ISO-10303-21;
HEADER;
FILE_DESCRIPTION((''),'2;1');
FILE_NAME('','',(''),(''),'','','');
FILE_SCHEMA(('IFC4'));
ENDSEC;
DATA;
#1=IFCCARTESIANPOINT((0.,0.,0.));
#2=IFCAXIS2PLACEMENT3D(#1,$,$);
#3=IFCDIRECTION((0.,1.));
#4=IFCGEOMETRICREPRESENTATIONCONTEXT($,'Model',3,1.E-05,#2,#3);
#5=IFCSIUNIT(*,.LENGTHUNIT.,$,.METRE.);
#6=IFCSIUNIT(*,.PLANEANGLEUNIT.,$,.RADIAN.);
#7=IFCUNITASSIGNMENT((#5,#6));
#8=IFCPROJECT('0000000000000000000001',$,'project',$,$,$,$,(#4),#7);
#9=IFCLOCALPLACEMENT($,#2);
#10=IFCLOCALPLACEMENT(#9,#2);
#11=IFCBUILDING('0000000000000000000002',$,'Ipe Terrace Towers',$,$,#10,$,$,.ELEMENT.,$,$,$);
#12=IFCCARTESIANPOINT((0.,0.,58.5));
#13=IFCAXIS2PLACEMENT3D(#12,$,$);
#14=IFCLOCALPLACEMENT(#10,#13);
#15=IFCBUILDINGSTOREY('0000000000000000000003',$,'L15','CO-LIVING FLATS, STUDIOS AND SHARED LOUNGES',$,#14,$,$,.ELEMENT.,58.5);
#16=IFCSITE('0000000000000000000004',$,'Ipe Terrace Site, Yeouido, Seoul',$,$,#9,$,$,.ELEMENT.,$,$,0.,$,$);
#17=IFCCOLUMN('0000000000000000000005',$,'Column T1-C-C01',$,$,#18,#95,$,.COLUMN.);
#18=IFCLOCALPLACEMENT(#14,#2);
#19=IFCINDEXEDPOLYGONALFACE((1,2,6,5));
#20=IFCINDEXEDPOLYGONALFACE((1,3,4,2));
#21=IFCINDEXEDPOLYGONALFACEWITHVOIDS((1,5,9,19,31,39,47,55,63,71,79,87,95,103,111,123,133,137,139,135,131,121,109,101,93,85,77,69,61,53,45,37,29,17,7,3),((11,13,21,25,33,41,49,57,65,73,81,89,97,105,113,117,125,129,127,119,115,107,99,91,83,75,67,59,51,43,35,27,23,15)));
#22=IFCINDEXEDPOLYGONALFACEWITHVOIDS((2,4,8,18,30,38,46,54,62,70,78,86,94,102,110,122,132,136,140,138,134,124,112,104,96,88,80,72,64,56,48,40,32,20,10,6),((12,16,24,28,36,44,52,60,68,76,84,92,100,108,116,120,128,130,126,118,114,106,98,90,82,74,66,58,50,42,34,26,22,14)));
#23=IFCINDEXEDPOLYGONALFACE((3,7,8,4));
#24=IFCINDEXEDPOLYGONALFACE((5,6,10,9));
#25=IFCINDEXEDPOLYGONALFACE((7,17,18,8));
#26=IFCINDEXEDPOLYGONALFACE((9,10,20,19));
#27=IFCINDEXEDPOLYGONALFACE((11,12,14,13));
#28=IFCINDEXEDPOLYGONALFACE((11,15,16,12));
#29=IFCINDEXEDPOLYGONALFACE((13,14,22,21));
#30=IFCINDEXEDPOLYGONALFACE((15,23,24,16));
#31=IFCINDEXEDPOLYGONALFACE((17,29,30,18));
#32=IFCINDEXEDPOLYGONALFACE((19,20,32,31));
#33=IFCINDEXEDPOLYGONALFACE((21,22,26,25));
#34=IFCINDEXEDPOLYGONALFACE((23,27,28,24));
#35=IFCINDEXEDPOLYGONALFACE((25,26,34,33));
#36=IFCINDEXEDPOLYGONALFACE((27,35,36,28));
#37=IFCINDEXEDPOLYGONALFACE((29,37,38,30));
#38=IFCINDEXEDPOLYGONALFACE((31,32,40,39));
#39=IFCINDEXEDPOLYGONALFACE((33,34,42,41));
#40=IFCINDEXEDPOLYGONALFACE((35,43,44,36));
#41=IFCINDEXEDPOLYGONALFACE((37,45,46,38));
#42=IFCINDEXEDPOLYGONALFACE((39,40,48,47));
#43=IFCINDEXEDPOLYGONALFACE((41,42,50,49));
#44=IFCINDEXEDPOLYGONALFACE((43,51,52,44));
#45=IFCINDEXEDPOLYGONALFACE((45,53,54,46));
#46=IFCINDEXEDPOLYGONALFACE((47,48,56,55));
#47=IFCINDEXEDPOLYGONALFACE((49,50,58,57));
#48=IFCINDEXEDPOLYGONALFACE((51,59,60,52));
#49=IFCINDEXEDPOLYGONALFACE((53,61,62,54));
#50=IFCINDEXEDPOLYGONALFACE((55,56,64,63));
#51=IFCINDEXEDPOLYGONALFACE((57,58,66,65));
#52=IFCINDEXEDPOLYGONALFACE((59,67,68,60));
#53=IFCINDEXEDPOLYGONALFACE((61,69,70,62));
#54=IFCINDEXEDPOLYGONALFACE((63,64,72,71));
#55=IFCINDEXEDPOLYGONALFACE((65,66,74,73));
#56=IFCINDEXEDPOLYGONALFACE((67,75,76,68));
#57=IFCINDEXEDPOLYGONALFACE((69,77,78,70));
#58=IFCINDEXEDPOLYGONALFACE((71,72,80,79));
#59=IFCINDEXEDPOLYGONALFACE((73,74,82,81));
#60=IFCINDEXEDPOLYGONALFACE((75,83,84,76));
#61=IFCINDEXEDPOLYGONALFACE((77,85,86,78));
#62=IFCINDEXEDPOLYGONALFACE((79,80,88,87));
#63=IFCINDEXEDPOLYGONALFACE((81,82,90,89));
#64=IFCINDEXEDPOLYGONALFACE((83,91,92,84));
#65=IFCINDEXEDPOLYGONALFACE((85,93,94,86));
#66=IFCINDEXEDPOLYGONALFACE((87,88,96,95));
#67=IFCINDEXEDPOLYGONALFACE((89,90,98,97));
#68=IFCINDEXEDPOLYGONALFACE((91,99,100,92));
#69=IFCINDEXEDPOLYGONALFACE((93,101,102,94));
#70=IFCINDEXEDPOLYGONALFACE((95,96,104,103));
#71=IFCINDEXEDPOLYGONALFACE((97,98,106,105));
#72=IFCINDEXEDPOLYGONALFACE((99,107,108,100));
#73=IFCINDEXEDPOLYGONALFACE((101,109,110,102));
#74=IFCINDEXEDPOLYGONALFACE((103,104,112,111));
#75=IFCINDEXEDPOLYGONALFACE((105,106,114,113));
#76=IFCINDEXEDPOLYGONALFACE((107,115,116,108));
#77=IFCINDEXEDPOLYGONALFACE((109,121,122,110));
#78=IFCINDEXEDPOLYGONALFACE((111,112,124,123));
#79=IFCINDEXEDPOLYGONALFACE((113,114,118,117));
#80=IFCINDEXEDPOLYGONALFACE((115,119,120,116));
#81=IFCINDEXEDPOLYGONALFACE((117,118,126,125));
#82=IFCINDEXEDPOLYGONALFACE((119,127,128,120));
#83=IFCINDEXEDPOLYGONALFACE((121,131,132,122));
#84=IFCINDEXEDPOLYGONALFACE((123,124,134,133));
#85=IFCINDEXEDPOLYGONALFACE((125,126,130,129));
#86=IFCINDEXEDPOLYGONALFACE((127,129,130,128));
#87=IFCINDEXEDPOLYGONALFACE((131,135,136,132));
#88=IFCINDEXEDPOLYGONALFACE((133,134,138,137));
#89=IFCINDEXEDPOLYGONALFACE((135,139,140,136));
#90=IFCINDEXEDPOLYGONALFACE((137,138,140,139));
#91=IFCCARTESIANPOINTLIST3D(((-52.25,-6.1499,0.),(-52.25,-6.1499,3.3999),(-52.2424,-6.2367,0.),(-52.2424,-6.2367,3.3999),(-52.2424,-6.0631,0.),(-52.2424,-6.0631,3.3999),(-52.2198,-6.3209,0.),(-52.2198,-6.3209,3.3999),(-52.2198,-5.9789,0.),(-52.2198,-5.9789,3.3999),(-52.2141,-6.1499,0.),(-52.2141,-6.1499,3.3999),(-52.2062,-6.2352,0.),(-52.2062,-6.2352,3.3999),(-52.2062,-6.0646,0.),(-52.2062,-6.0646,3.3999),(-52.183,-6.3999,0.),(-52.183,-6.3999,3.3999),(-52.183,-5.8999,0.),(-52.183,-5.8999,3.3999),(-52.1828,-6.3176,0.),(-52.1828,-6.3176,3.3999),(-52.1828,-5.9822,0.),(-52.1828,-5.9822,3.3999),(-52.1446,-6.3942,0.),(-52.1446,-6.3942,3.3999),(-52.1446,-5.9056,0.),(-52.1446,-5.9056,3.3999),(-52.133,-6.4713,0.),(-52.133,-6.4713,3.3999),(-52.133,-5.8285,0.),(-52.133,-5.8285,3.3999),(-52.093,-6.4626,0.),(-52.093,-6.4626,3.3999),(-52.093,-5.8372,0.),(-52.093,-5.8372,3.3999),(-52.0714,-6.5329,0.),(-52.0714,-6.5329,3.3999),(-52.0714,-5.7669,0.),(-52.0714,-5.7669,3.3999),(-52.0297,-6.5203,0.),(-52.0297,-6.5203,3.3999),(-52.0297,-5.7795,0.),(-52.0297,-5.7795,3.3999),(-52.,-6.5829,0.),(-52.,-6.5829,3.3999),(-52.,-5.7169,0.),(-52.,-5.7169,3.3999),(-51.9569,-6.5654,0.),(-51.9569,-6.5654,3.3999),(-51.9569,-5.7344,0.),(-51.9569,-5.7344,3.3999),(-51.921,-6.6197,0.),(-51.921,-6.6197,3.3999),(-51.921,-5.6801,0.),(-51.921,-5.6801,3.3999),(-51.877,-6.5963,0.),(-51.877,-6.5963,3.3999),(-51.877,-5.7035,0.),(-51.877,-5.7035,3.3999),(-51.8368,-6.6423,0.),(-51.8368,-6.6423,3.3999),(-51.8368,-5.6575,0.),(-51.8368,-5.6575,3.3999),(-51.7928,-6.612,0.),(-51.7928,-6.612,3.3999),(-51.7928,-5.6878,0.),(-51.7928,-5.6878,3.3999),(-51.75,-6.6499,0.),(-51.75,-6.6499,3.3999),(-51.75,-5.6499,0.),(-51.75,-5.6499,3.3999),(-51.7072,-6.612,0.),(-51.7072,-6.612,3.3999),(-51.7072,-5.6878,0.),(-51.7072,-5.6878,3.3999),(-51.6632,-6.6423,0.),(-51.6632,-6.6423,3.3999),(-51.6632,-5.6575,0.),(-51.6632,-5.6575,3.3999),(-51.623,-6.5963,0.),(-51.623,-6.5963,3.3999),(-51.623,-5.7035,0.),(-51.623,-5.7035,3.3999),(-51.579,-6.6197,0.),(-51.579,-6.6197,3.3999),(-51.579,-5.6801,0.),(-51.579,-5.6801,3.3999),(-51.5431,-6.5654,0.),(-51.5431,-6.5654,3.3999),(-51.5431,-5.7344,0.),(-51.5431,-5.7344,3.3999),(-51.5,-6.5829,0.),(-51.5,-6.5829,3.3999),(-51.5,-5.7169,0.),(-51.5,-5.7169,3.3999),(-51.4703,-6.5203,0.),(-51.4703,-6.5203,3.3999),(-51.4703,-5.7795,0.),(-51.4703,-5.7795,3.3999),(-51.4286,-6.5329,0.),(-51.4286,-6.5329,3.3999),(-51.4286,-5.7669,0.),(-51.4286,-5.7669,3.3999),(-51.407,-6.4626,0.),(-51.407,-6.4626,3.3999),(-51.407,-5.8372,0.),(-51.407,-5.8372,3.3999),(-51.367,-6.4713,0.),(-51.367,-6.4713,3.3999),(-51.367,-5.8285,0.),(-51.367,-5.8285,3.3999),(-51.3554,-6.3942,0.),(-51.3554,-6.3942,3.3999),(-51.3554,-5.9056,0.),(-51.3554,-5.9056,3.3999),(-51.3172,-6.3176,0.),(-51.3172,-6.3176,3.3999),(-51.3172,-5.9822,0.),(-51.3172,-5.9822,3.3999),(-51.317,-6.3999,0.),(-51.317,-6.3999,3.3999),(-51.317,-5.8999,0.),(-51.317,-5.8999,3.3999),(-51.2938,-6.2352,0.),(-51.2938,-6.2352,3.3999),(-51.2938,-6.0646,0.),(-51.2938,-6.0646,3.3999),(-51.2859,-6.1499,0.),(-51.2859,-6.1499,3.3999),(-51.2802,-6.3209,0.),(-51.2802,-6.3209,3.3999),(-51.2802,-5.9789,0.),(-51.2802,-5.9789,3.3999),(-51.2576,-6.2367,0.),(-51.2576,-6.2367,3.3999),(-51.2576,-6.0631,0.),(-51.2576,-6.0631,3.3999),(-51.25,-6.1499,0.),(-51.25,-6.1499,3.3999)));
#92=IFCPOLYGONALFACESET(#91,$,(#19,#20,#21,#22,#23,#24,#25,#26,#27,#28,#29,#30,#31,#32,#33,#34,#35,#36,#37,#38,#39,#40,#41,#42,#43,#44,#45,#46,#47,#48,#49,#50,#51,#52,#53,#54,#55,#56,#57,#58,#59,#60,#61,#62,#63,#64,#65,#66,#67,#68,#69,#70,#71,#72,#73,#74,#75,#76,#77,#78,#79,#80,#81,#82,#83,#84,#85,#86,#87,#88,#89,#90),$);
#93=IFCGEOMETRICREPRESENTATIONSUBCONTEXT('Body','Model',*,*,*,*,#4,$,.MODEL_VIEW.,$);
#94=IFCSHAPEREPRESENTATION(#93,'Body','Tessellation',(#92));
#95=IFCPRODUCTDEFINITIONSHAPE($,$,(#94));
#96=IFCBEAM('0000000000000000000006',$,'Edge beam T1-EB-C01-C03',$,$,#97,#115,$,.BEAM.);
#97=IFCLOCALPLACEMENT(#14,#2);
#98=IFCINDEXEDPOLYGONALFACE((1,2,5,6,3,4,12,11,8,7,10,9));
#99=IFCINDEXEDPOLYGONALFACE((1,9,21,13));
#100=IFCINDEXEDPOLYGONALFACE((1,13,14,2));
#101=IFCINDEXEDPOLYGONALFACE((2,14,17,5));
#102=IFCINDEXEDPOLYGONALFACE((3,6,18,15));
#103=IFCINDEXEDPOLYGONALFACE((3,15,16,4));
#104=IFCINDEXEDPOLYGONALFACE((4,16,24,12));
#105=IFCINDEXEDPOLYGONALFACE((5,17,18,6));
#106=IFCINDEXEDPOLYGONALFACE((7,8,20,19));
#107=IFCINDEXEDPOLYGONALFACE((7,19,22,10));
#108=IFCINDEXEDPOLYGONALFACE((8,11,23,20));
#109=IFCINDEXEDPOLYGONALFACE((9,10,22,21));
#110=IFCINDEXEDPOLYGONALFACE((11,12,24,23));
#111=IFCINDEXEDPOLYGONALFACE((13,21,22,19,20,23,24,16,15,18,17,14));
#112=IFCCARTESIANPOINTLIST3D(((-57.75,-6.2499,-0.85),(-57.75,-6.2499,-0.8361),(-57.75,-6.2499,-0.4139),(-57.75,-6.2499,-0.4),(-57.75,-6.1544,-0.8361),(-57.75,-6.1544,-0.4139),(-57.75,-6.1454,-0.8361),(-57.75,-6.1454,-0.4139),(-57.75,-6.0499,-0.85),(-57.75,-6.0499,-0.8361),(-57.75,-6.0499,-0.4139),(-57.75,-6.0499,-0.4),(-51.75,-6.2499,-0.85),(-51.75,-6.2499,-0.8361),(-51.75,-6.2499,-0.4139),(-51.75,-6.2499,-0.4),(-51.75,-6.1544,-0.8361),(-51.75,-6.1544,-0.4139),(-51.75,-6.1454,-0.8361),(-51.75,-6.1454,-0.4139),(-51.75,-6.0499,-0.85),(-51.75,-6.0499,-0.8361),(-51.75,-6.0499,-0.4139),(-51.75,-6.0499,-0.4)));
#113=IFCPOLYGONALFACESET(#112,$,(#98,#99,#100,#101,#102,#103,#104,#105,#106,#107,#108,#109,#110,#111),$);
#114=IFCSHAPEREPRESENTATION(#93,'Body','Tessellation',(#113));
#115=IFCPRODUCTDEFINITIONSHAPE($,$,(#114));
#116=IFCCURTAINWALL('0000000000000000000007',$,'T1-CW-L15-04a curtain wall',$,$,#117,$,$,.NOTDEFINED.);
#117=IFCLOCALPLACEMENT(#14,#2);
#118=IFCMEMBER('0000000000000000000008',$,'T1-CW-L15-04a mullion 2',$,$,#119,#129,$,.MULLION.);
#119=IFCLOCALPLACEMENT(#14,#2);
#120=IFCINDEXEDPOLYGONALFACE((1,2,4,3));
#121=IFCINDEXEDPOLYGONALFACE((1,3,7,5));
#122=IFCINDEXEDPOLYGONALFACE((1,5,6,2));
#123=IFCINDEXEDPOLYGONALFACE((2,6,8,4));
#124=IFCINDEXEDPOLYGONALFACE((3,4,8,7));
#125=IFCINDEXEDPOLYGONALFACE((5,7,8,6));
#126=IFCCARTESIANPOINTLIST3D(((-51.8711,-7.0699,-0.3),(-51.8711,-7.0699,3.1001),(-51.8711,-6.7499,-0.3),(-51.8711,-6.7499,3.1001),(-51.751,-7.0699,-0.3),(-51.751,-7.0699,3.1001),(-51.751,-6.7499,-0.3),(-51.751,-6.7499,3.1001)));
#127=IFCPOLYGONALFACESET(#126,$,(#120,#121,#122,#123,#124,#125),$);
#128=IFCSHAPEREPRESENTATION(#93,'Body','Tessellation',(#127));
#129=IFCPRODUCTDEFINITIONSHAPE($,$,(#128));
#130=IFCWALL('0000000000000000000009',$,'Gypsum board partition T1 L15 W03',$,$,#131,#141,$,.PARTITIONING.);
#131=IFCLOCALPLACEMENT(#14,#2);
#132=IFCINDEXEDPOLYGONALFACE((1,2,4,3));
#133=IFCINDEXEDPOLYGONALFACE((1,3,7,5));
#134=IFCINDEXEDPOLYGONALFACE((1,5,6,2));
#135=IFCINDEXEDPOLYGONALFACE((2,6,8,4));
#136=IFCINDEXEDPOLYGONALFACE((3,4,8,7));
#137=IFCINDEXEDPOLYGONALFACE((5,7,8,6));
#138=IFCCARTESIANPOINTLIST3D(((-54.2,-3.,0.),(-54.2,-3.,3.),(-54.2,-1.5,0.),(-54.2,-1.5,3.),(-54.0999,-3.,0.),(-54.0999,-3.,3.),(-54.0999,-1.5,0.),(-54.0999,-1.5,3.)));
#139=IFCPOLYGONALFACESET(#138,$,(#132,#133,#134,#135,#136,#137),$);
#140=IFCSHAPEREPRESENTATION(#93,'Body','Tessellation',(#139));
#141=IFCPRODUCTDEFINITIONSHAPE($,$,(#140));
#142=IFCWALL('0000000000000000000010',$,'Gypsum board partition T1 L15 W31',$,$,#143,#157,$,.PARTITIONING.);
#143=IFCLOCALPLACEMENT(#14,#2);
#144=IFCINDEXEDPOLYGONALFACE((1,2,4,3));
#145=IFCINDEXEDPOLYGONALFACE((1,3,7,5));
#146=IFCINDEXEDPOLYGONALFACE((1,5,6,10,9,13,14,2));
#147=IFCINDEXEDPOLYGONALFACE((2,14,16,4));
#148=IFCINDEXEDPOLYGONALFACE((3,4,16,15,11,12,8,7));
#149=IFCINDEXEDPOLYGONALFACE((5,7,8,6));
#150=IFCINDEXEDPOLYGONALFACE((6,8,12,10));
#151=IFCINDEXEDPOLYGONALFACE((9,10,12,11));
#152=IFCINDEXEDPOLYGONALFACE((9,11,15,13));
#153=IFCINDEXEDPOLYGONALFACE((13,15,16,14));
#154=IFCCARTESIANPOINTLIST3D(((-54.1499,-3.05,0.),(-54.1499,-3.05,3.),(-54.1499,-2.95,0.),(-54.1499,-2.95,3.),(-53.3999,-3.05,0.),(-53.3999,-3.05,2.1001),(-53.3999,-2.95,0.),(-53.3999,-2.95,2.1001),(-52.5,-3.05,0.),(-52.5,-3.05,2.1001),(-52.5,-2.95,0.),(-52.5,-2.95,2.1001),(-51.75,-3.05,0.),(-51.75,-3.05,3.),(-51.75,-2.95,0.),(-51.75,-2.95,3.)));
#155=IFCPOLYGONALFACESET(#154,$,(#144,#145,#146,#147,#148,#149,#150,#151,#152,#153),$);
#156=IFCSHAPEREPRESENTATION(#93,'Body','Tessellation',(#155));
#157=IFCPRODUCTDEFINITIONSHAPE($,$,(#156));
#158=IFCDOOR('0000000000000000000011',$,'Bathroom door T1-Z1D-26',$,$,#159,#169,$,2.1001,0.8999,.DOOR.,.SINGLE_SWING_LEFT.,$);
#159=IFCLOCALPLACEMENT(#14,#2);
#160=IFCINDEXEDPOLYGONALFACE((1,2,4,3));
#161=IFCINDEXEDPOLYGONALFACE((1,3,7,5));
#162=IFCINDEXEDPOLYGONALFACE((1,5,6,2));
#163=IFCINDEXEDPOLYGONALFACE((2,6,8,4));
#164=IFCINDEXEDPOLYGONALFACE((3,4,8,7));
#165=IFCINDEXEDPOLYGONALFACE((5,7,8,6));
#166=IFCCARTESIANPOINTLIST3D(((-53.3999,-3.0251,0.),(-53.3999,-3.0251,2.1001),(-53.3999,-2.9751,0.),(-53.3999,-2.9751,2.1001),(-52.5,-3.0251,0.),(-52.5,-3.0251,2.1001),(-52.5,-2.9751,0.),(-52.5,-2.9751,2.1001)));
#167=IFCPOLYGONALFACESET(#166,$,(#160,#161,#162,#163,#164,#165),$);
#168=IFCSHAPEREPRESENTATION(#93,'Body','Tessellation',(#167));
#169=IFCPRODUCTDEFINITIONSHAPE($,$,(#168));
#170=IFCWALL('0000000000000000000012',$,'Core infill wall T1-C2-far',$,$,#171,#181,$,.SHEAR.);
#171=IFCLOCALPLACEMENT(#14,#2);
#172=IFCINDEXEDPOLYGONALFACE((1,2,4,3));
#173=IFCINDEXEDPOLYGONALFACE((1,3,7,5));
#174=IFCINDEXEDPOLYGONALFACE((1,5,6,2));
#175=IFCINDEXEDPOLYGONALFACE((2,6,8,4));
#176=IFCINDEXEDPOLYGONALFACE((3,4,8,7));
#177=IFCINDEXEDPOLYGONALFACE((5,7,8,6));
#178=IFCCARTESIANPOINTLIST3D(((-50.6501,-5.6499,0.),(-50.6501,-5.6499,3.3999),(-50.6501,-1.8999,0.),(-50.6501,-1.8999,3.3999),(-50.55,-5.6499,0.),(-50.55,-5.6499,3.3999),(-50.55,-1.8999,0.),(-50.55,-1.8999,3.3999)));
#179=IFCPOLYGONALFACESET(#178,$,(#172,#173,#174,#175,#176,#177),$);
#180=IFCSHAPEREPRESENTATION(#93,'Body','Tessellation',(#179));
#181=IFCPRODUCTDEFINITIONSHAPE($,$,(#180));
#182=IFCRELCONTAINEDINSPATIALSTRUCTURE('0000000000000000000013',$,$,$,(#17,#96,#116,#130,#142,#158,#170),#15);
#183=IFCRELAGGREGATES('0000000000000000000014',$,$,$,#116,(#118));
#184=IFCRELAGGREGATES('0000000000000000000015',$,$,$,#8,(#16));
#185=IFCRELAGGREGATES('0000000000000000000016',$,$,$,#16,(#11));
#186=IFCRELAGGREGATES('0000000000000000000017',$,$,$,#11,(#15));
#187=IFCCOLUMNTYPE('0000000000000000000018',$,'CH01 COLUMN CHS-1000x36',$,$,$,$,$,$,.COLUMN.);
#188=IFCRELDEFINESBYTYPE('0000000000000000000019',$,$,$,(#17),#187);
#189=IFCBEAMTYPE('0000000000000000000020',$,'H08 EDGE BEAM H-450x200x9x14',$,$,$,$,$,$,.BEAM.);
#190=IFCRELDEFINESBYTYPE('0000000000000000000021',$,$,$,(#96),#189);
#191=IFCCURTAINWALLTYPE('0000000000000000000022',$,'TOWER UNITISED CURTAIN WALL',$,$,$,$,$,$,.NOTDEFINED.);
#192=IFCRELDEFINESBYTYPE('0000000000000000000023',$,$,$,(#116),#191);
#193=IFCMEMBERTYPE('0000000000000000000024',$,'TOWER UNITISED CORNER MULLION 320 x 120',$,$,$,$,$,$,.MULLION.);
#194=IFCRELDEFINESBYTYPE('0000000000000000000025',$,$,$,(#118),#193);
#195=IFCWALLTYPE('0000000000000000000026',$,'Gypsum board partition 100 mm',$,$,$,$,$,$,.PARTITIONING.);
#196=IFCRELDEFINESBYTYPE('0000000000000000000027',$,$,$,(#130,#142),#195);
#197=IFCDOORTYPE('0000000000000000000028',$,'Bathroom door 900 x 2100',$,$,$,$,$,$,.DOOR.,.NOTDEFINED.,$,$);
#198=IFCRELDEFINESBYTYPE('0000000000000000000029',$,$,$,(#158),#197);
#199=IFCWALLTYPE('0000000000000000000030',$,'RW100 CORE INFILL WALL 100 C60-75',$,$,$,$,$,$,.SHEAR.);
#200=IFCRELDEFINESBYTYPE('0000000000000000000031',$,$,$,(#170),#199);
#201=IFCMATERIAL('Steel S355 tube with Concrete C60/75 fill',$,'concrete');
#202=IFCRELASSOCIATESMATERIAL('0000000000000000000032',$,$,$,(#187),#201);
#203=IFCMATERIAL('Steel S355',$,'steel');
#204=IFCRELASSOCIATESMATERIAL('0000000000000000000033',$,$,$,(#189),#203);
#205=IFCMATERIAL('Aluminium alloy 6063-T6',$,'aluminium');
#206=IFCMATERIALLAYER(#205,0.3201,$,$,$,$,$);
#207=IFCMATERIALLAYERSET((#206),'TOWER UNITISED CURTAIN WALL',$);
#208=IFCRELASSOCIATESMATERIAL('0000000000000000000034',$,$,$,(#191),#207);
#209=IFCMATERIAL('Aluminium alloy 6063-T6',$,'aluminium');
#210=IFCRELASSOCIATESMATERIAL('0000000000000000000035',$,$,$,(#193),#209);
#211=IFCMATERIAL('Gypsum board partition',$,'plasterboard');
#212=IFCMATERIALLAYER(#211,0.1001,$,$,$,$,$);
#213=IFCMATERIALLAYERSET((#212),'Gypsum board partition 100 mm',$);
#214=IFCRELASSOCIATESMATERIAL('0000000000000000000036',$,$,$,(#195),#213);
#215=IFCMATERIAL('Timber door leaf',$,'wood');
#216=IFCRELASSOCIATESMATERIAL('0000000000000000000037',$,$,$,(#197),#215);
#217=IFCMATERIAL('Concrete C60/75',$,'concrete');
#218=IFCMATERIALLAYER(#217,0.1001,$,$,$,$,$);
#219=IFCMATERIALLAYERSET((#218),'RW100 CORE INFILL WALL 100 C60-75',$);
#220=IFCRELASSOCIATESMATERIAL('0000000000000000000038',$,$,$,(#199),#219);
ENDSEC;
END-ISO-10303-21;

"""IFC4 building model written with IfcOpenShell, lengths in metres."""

from ifc_helpers import new_model, si_unit, direction, frame, frame_2d, origin, origin_2d, place, context, subcontext, project, spatial, rectangle, hollow_circle, i_section, extrude, material, layer, layer_set, material_profile, profile_set, type_object, element, fill, aggregate, save


model = new_model("IFC4")

# Units and contexts
model_context = context("Model", 3, precision=1e-05, world=origin(), true_north=direction((0.0, 1.0)))
body_context = subcontext(model_context, "Body", "Model", "MODEL_VIEW")
ifc_project = project(units=[si_unit("LENGTHUNIT", "METRE"), si_unit("PLANEANGLEUNIT", "RADIAN")], contexts=[model_context])

# Site, building, storey
site_placement = place(None, origin())
site = spatial("IfcSite", under=ifc_project, at=site_placement, Name="Ipe Terrace Site, Yeouido, Seoul", CompositionType="ELEMENT", RefElevation=0.0)
building_placement = place(site_placement, origin())
building = spatial("IfcBuilding", under=site, at=building_placement, Name="Ipe Terrace Towers", CompositionType="ELEMENT")
storey_placement = place(building_placement, frame((0.0, 0.0, 58.5)))
storey = spatial("IfcBuildingStorey", under=building, at=storey_placement, Name="L15", Description="CO-LIVING FLATS, STUDIOS AND SHARED LOUNGES", CompositionType="ELEMENT", Elevation=58.5)

# Column
ifc_material_1 = material(Name="Steel S355 tube with Concrete C60/75 fill", Category="concrete")
ifc_material_profile_1 = material_profile(ifc_material_1, hollow_circle(Radius=0.5, WallThickness=0.0359, at=origin_2d()), Name="CHS-1000x36")
ifc_profile_set_1 = profile_set([ifc_material_profile_1], Name="Steel S355 tube with Concrete C60/75 fill")
column_type = type_object("IfcColumnType", Name="CH01 COLUMN CHS-1000x36", PredefinedType="COLUMN", material=ifc_profile_set_1)
column_placement = place(storey_placement, frame((-51.75, -6.1499, 0.0), z_axis=(0.0, 0.0, 1.0), x_axis=(1.0, 0.0, 0.0)))
element("IfcColumn", 1, at=column_placement, inside=storey, type_object=column_type, Name="Column T1-C-C01", PredefinedType="COLUMN", context=body_context, shape_type="SweptSolid", body=[
    extrude(hollow_circle(Radius=0.5, WallThickness=0.0359, at=origin_2d()), origin(), (0.0, 0.0, 1.0), 3.3999),
])

# Beam
ifc_material_2 = material(Name="Steel S355", Category="steel")
ifc_material_profile_2 = material_profile(ifc_material_2, i_section(OverallWidth=0.2, OverallDepth=0.45, WebThickness=0.009, FlangeThickness=0.0139, at=origin_2d()), Name="H-450x200x9x14")
ifc_profile_set_2 = profile_set([ifc_material_profile_2], Name="Steel S355")
beam_type = type_object("IfcBeamType", Name="H08 EDGE BEAM H-450x200x9x14", PredefinedType="BEAM", material=ifc_profile_set_2)
beam_placement = place(storey_placement, frame((-51.75, -6.1499, -0.625), z_axis=(-1.0, 0.0, 0.0), x_axis=(0.0, -1.0, 0.0)))
element("IfcBeam", 2, at=beam_placement, inside=storey, type_object=beam_type, Name="Edge beam T1-EB-C01-C03", PredefinedType="BEAM", context=body_context, shape_type="SweptSolid", body=[
    extrude(i_section(OverallWidth=0.2, OverallDepth=0.45, WebThickness=0.009, FlangeThickness=0.0139, at=origin_2d()), origin(), (0.0, 0.0, 1.0), 6.0),
])

# Curtain wall, member
ifc_material_3 = material(Name="Aluminium alloy 6063-T6", Category="aluminium")
ifc_layer_1 = layer(ifc_material_3, 0.3201)
ifc_layer_set_1 = layer_set([ifc_layer_1], Name="TOWER UNITISED CURTAIN WALL")
curtain_wall_type = type_object("IfcCurtainWallType", Name="TOWER UNITISED CURTAIN WALL", PredefinedType="NOTDEFINED", material=ifc_layer_set_1)
curtain_wall_placement = place(storey_placement, origin())
curtain_wall = element("IfcCurtainWall", 3, at=curtain_wall_placement, inside=storey, type_object=curtain_wall_type, Name="T1-CW-L15-04a curtain wall", PredefinedType="NOTDEFINED")
ifc_material_4 = material(Name="Aluminium alloy 6063-T6", Category="aluminium")
ifc_material_profile_3 = material_profile(ifc_material_4, rectangle(XDim=0.3201, YDim=0.1201, at=origin_2d()), Name="TOWER UNITISED CORNER MULLION 320 x 120")
ifc_profile_set_3 = profile_set([ifc_material_profile_3], Name="Aluminium alloy 6063-T6")
member_type = type_object("IfcMemberType", Name="TOWER UNITISED CORNER MULLION 320 x 120", PredefinedType="MULLION", material=ifc_profile_set_3)
member_placement = place(storey_placement, frame((-51.811, -6.9099, -0.3), z_axis=(0.0, 0.0, 1.0), x_axis=(0.0, -1.0, 0.0)))
member = element("IfcMember", 4, at=member_placement, type_object=member_type, Name="T1-CW-L15-04a mullion 2", PredefinedType="MULLION", context=body_context, shape_type="SweptSolid", body=[
    extrude(rectangle(XDim=0.3201, YDim=0.1201, at=origin_2d()), origin(), (0.0, 0.0, 1.0), 3.4001),
])
aggregate(curtain_wall, [member])

# Wall
ifc_material_5 = material(Name="Gypsum board partition", Category="plasterboard")
ifc_layer_2 = layer(ifc_material_5, 0.1001)
ifc_layer_set_2 = layer_set([ifc_layer_2], Name="Gypsum board partition 100 mm")
wall_type_1 = type_object("IfcWallType", Name="Gypsum board partition 100 mm", PredefinedType="PARTITIONING", material=ifc_layer_set_2)
wall_1_placement = place(storey_placement, frame((-54.1499, -3.0, 0.0), z_axis=(0.0, 0.0, 1.0), x_axis=(0.0, 1.0, 0.0)))
element("IfcWall", 5, at=wall_1_placement, inside=storey, type_object=wall_type_1, Name="Gypsum board partition T1 L15 W03", PredefinedType="PARTITIONING", context=body_context, shape_type="SweptSolid", body=[
    extrude(rectangle(XDim=1.5, YDim=0.1001, at=frame_2d((0.75, 0.0))), origin(), (0.0, 0.0, 1.0), 3.0),
])

# Wall, opening, door
wall_2_placement = place(storey_placement, frame((-54.1499, -3.0, 0.0), z_axis=(0.0, 0.0, 1.0), x_axis=(1.0, 0.0, 0.0)))
wall_2 = element("IfcWall", 6, at=wall_2_placement, inside=storey, type_object=wall_type_1, Name="Gypsum board partition T1 L15 W31", PredefinedType="PARTITIONING", context=body_context, shape_type="SweptSolid", body=[
    extrude(rectangle(XDim=2.3999, YDim=0.1001, at=frame_2d((1.2, 0.0))), origin(), (0.0, 0.0, 1.0), 3.0),
])
opening_placement = place(wall_2_placement, frame((0.75, 0.0, 0.0)))
opening = element("IfcOpeningElement", 7, at=opening_placement, cuts=wall_2, PredefinedType="OPENING", context=body_context, shape_type="SweptSolid", body=[
    extrude(rectangle(XDim=0.8999, YDim=2.1001, at=frame_2d((0.45, 1.05))), frame((0.0, 0.0601, 0.0), z_axis=(0.0, -1.0, 0.0), x_axis=(1.0, 0.0, 0.0)), (0.0, 0.0, 1.0), 0.1201),
])
ifc_material_6 = material(Name="Timber door leaf", Category="wood")
door_type = type_object("IfcDoorType", Name="Bathroom door 900 x 2100", OperationType="NOTDEFINED", PredefinedType="DOOR", material=ifc_material_6)
door_placement = place(opening_placement, origin())
door = element("IfcDoor", 8, at=door_placement, inside=storey, type_object=door_type, Name="Bathroom door T1-Z1D-26", OperationType="SINGLE_SWING_LEFT", OverallHeight=2.1001, OverallWidth=0.8999, PredefinedType="DOOR", context=body_context, shape_type="SweptSolid", body=[
    extrude(rectangle(XDim=0.8999, YDim=2.1001, at=frame_2d((0.45, 1.05))), frame((0.0, 0.0249, 0.0), z_axis=(0.0, -1.0, 0.0), x_axis=(1.0, 0.0, 0.0)), (0.0, 0.0, 1.0), 0.05),
])
fill(opening, door)

# Wall
ifc_material_7 = material(Name="Concrete C60/75", Category="concrete")
ifc_layer_3 = layer(ifc_material_7, 0.1001)
ifc_layer_set_3 = layer_set([ifc_layer_3], Name="RW100 CORE INFILL WALL 100 C60-75")
wall_type_2 = type_object("IfcWallType", Name="RW100 CORE INFILL WALL 100 C60-75", PredefinedType="SHEAR", material=ifc_layer_set_3)
wall_3_placement = place(storey_placement, frame((-50.6001, -1.8999, 0.0), z_axis=(0.0, 0.0, 1.0), x_axis=(0.0, -1.0, 0.0)))
element("IfcWall", 9, at=wall_3_placement, inside=storey, type_object=wall_type_2, Name="Core infill wall T1-C2-far", PredefinedType="SHEAR", context=body_context, shape_type="SweptSolid", body=[
    extrude(rectangle(XDim=3.75, YDim=0.1001, at=frame_2d((1.875, 0.0))), origin(), (0.0, 0.0, 1.0), 3.3999),
])

save(model, "model.ifc")
